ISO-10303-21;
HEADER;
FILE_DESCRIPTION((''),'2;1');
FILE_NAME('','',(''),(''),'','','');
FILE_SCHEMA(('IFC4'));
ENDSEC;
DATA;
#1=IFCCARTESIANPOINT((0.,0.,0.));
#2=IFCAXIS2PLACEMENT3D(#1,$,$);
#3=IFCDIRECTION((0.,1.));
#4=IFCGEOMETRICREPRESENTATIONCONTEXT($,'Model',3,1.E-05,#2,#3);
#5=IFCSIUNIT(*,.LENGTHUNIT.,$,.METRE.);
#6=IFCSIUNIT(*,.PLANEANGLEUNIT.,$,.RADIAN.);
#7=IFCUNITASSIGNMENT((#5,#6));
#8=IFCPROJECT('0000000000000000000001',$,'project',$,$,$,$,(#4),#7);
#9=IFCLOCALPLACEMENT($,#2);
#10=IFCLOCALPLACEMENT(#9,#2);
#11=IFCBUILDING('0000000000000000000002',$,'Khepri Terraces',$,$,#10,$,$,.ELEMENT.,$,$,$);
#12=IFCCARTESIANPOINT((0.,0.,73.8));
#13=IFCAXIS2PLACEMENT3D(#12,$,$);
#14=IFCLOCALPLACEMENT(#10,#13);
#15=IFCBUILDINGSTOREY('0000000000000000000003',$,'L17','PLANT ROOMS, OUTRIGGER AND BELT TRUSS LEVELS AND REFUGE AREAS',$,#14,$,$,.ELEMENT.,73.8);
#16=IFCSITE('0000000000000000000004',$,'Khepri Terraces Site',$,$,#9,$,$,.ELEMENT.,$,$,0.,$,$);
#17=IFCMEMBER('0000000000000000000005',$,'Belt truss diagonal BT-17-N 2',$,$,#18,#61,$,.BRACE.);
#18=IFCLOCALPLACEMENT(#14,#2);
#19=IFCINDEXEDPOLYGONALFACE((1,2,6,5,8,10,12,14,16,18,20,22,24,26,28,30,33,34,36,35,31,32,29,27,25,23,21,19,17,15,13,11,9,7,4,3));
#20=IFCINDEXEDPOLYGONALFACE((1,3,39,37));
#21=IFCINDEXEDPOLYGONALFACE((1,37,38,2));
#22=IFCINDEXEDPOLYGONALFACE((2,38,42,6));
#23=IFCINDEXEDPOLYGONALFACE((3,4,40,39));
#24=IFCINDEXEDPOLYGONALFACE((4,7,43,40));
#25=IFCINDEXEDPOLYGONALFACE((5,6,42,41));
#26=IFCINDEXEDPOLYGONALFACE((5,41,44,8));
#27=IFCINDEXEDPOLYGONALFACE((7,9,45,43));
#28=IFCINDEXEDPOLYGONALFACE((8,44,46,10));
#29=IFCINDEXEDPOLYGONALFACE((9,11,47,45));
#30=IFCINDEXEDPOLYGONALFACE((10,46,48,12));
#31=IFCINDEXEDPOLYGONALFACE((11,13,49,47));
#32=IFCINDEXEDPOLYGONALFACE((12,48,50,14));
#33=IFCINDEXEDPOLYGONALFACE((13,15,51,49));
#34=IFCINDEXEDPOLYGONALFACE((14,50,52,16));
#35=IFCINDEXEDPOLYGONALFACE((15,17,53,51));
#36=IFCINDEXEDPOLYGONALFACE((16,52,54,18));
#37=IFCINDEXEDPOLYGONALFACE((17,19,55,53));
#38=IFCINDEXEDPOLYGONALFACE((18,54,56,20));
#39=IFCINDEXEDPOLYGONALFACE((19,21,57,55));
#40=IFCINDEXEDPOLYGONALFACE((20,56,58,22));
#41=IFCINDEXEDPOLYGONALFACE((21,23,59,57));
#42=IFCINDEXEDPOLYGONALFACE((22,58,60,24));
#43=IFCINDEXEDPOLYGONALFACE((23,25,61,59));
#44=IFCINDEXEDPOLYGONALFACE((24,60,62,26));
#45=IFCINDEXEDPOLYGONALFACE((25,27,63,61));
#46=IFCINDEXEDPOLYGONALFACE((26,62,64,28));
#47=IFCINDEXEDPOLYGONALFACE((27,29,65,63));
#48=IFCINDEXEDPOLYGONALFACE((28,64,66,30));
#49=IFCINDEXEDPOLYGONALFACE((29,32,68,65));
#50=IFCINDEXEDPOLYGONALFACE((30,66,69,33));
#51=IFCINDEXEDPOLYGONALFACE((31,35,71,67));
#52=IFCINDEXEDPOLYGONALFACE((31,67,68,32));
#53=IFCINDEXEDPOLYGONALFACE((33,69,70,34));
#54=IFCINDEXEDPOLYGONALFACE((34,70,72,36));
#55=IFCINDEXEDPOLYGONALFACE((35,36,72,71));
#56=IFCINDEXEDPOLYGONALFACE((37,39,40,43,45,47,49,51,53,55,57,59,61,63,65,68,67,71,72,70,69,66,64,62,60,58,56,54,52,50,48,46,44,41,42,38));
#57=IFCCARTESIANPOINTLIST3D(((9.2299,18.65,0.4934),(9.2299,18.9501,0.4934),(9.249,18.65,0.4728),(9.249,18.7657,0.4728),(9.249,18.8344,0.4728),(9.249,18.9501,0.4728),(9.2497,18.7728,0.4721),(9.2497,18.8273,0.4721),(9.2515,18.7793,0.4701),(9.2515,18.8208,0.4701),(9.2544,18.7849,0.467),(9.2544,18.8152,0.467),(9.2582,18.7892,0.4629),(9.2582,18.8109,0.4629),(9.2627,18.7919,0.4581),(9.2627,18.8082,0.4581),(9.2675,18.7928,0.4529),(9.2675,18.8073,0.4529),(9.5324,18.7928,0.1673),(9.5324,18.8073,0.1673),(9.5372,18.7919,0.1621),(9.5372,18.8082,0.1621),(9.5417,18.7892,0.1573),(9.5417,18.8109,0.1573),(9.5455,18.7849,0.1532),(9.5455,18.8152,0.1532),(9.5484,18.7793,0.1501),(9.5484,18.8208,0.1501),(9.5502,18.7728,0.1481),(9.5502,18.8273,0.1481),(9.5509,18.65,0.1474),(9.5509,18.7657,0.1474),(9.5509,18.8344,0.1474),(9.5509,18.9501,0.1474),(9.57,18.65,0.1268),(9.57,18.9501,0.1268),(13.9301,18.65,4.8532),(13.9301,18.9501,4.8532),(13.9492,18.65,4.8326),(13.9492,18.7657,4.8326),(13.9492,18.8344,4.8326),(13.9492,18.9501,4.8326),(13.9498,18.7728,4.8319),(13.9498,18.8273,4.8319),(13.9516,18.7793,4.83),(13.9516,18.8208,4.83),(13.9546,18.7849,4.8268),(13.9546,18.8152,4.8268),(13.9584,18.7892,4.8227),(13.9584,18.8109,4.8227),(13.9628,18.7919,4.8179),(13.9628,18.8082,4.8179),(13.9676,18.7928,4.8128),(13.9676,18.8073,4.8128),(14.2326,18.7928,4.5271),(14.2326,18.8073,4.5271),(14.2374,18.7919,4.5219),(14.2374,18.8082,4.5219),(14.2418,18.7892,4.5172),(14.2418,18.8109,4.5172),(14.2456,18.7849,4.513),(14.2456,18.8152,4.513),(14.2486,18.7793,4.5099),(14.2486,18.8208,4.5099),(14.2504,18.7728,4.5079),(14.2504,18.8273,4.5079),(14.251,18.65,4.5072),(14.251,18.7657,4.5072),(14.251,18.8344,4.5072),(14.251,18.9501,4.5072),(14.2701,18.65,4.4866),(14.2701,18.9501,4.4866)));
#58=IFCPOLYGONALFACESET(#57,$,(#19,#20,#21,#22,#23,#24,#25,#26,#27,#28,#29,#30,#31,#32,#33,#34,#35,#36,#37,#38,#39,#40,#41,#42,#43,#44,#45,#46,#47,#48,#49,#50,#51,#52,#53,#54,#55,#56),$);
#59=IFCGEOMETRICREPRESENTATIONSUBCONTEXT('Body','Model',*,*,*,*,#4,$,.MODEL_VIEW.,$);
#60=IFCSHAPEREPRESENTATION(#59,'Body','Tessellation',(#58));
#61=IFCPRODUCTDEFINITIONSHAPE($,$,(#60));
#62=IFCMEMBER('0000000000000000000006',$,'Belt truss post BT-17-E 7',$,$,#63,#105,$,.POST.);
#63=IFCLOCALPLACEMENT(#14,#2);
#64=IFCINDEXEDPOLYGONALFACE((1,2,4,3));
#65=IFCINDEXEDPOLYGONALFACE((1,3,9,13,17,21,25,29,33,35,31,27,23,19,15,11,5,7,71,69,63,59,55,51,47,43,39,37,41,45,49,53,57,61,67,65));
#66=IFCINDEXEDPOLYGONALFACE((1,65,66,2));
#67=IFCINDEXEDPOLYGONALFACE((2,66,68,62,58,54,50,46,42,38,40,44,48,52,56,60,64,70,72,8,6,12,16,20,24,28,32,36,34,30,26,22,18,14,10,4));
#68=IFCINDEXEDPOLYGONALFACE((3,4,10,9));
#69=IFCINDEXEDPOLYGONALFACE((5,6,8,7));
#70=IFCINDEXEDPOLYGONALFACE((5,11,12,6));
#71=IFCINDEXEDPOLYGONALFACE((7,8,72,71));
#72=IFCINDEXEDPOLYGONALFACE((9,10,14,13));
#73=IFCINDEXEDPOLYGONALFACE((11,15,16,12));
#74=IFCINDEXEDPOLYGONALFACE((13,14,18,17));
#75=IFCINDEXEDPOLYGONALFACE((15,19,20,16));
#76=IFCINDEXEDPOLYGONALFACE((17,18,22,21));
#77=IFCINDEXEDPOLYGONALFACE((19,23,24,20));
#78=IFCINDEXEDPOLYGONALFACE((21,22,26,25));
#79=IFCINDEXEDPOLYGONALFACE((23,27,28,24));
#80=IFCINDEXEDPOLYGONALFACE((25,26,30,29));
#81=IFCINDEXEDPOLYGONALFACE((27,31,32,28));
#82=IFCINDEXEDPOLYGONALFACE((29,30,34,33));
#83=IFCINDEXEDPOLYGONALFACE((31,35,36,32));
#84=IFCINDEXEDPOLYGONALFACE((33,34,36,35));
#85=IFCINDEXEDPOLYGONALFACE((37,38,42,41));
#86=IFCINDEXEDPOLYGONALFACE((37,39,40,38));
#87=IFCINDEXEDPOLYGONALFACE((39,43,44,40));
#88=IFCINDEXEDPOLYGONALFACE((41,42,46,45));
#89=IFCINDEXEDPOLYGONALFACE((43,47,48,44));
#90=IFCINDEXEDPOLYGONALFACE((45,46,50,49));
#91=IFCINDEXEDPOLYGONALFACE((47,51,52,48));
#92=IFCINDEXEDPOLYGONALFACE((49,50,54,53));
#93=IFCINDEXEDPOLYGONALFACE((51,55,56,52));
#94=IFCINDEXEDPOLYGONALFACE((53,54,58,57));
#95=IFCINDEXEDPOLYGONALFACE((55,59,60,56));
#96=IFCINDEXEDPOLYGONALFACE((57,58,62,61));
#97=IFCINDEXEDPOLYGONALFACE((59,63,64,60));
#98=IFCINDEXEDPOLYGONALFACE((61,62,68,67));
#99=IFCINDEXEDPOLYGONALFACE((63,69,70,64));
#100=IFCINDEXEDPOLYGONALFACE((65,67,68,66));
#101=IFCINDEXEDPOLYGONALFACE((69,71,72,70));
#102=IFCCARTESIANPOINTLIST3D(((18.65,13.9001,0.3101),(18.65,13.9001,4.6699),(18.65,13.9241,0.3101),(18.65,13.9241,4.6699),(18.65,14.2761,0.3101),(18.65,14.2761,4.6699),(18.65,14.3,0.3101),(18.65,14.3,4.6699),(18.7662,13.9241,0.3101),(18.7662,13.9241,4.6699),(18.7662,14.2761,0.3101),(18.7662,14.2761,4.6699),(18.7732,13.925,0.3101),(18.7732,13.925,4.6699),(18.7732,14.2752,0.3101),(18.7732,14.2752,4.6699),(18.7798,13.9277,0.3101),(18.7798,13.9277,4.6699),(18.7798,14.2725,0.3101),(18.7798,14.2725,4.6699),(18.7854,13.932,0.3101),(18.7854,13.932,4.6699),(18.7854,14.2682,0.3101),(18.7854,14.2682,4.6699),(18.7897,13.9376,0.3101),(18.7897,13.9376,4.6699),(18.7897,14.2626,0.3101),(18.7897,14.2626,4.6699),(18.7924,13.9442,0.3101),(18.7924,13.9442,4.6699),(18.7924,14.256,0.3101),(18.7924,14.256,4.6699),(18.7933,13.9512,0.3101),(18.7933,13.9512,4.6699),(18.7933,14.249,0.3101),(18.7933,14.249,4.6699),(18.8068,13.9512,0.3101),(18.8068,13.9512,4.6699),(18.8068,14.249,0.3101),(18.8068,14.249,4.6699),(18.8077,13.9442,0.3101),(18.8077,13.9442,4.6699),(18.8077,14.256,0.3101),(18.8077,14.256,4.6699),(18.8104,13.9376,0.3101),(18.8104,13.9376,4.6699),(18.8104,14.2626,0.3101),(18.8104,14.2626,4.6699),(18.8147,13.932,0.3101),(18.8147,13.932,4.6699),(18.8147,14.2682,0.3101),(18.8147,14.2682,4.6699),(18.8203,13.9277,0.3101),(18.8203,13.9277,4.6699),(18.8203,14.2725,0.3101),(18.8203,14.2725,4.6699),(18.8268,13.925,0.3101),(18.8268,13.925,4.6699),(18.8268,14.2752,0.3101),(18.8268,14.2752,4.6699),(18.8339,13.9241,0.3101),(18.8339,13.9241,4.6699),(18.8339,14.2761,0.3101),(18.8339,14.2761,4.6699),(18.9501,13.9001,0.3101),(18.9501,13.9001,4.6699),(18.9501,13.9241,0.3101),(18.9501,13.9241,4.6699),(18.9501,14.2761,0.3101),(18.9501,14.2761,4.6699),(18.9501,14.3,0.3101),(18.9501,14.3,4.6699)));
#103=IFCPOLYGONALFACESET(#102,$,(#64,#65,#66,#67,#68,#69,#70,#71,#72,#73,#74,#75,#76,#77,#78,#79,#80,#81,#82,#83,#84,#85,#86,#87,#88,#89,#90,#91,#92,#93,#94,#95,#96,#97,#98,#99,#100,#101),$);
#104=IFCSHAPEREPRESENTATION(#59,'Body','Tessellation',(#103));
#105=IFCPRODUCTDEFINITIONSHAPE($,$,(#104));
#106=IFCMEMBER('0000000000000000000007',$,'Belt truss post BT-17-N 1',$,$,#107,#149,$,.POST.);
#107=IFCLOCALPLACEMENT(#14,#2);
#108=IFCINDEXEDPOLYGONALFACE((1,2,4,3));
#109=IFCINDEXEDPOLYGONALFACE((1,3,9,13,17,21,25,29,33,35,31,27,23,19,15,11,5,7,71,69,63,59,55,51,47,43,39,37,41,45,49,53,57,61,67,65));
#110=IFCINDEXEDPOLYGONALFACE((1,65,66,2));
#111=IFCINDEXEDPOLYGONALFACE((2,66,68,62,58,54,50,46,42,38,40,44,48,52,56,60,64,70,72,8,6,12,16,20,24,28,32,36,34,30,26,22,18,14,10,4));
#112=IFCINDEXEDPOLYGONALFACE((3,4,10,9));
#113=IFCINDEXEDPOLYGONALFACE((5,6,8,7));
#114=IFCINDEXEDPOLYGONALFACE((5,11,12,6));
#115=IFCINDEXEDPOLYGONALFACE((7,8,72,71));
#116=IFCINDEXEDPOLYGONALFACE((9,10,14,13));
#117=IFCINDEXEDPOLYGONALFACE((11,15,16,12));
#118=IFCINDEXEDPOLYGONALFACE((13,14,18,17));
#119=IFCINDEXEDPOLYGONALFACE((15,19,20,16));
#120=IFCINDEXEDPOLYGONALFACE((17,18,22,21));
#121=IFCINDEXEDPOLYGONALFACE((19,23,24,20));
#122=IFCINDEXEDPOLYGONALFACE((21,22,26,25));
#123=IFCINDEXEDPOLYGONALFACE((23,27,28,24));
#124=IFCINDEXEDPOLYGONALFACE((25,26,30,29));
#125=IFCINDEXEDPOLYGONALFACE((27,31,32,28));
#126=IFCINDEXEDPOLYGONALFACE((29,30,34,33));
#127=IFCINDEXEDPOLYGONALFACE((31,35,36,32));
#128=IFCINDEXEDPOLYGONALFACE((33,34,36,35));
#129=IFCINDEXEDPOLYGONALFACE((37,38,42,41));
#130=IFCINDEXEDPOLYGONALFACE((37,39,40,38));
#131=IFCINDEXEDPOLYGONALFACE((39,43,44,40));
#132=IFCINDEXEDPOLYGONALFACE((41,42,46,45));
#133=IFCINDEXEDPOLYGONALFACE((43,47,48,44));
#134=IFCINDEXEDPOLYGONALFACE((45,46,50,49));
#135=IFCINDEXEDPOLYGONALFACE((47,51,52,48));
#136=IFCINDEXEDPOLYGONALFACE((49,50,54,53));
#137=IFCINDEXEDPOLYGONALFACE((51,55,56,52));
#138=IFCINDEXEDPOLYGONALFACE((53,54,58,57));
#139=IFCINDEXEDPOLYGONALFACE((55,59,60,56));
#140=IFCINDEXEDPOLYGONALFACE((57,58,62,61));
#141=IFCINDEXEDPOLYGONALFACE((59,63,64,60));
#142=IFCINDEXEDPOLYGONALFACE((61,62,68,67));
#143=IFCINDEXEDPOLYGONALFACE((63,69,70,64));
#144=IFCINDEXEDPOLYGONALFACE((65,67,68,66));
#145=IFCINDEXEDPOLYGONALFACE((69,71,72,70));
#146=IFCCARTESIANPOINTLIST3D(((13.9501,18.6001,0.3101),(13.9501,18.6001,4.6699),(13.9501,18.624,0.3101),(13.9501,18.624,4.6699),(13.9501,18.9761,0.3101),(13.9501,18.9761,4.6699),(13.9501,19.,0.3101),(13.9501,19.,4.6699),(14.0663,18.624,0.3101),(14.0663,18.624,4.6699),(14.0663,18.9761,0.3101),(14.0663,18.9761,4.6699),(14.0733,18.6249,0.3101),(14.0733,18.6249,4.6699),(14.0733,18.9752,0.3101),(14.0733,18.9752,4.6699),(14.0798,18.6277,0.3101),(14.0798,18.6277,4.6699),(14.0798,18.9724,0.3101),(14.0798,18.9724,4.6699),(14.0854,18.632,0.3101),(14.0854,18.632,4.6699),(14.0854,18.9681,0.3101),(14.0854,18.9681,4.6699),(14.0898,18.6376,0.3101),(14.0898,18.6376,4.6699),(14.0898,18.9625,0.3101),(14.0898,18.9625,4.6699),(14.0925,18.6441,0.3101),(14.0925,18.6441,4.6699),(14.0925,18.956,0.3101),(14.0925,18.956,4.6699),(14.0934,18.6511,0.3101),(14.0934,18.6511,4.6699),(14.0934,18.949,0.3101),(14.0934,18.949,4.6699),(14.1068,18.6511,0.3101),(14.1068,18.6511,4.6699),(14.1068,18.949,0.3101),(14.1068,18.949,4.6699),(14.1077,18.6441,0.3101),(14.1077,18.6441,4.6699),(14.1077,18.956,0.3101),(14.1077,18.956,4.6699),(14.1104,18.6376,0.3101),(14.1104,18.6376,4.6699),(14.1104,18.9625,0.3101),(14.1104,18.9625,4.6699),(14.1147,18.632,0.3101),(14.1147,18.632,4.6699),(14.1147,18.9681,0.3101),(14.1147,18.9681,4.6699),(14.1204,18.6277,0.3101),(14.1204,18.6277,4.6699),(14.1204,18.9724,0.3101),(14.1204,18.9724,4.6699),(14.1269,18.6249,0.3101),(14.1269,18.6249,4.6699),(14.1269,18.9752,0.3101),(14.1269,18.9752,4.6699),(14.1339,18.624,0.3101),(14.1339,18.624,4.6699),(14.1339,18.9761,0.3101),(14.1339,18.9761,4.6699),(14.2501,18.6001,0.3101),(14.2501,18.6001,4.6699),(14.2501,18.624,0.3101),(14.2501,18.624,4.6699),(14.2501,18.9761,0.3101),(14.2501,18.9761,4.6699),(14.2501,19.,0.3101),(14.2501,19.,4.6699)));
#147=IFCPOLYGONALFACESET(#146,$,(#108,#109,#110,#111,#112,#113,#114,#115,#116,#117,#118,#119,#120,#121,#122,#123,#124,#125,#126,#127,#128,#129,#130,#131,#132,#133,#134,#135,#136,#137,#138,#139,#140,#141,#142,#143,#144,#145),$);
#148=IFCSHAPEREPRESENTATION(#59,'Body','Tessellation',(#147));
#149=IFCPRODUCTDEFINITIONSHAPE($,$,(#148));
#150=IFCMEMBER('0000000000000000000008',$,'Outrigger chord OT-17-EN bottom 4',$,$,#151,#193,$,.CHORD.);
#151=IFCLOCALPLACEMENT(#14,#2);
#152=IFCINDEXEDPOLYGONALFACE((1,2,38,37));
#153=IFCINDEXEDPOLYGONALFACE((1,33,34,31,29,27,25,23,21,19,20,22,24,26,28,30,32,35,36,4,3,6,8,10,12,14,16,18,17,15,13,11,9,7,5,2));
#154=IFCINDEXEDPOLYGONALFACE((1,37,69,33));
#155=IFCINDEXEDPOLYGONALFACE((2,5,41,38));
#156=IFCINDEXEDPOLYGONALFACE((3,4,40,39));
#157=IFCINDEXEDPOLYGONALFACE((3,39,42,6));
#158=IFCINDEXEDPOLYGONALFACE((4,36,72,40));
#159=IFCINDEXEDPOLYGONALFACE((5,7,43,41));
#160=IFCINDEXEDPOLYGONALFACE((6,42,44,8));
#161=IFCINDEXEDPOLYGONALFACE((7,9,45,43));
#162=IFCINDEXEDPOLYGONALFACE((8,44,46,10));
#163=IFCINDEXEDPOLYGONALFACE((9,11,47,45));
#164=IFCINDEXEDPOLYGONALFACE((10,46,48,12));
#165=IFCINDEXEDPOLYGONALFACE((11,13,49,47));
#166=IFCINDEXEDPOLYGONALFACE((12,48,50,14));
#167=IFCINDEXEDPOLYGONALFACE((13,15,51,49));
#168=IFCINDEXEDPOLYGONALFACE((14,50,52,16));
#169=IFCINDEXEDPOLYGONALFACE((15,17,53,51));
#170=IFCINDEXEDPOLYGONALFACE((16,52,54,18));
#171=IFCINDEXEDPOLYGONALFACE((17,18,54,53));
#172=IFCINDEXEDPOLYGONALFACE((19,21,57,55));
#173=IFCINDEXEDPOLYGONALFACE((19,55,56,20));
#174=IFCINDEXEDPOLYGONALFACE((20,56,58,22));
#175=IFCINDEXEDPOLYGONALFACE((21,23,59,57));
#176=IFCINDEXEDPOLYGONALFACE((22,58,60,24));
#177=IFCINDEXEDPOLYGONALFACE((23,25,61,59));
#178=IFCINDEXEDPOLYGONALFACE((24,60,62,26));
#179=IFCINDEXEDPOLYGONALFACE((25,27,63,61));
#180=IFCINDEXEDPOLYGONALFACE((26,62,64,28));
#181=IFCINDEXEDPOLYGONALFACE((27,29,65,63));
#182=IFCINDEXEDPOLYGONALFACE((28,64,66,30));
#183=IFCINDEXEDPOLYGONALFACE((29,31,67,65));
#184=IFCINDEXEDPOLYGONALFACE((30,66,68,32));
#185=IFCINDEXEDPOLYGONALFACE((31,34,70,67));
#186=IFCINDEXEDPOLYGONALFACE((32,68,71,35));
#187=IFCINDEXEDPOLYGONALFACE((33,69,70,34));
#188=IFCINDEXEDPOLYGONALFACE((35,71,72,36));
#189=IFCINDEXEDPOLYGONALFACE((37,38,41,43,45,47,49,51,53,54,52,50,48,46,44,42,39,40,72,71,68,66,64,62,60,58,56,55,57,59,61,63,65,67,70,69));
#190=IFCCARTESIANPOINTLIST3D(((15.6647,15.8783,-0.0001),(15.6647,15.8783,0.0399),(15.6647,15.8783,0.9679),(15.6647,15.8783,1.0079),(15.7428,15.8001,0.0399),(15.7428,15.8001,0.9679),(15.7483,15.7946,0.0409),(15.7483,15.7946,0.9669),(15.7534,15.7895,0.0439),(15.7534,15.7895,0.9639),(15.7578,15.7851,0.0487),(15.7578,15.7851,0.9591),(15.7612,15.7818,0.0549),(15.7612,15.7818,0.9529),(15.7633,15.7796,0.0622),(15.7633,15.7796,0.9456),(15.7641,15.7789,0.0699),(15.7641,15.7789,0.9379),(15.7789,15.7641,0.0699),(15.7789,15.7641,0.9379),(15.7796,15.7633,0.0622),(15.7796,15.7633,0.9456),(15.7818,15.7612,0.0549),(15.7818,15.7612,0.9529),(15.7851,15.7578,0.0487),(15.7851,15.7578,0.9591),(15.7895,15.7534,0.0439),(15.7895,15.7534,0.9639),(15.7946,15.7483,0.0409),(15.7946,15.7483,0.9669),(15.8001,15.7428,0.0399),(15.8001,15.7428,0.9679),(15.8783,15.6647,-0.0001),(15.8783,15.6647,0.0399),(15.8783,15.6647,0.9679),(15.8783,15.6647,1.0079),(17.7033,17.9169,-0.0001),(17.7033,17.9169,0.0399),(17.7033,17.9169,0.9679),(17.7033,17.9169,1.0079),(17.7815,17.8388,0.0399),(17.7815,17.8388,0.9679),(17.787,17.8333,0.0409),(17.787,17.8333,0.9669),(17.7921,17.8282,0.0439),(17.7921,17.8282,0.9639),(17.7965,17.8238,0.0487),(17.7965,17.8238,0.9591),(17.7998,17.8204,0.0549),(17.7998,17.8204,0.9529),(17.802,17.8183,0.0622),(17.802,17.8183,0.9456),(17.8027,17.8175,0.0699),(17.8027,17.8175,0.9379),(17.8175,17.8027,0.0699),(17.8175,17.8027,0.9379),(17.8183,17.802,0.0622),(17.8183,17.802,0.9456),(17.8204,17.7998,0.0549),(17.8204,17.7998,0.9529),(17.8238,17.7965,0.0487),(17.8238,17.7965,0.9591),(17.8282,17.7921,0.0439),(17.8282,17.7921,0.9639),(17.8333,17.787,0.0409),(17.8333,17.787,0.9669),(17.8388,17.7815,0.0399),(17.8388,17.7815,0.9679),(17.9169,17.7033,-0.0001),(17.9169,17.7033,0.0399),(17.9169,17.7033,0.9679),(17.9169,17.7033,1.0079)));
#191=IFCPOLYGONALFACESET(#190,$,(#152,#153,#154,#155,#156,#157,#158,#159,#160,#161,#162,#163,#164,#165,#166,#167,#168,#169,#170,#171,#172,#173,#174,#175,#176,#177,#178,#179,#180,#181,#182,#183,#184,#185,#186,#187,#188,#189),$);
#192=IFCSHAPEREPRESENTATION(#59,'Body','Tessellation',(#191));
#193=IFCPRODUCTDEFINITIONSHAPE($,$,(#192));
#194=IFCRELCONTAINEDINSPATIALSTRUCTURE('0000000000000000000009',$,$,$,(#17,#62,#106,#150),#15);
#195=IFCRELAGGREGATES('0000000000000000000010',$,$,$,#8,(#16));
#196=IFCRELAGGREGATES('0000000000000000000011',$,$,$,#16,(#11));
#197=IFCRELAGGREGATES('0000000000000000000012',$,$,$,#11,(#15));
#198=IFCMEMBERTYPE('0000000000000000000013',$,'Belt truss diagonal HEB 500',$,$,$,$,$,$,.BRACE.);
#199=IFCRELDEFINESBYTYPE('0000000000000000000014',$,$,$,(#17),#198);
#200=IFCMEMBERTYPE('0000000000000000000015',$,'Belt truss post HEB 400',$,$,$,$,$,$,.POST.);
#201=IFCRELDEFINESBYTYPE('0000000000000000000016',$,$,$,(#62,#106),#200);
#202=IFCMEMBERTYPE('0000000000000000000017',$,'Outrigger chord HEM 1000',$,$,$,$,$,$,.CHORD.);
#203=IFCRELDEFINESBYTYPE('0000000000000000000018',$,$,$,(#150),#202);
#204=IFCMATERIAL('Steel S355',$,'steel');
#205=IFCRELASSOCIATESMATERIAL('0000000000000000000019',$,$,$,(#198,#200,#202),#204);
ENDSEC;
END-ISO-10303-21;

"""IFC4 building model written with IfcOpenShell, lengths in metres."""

from ifc_helpers import new_model, si_unit, direction, frame, origin, origin_2d, place, context, subcontext, project, spatial, i_section, extrude, material, material_profile, profile_set, type_object, element, save


model = new_model("IFC4")

# Units and contexts
model_context = context("Model", 3, precision=1e-05, world=origin(), true_north=direction((0.0, 1.0)))
body_context = subcontext(model_context, "Body", "Model", "MODEL_VIEW")
ifc_project = project(units=[si_unit("LENGTHUNIT", "METRE"), si_unit("PLANEANGLEUNIT", "RADIAN")], contexts=[model_context])

# Site, building, storey
site_placement = place(None, origin())
site = spatial("IfcSite", under=ifc_project, at=site_placement, Name="Khepri Terraces Site", CompositionType="ELEMENT", RefElevation=0.0)
building_placement = place(site_placement, origin())
building = spatial("IfcBuilding", under=site, at=building_placement, Name="Khepri Terraces", CompositionType="ELEMENT")
storey_placement = place(building_placement, frame((0.0, 0.0, 73.8)))
storey = spatial("IfcBuildingStorey", under=building, at=storey_placement, Name="L17", Description="PLANT ROOMS, OUTRIGGER AND BELT TRUSS LEVELS AND REFUGE AREAS", CompositionType="ELEMENT", Elevation=73.8)

# Members
ifc_material_1 = material(Name="Steel S355", Category="steel")
ifc_material_profile_1 = material_profile(ifc_material_1, i_section(OverallWidth=0.3, OverallDepth=0.5, WebThickness=0.0144, FlangeThickness=0.0281, FilletRadius=0.0271, at=origin_2d()), Name="Steel S355", Category="steel")
ifc_profile_set_1 = profile_set([ifc_material_profile_1], Name="Steel S355")
member_type_1 = type_object("IfcMemberType", Name="Belt truss diagonal HEB 500", PredefinedType="BRACE", material=ifc_profile_set_1)
member_1_placement = place(storey_placement, frame((14.1001, 18.8, 4.6699), z_axis=(-0.733151, 0.0, -0.680065), x_axis=(0.0, -1.0, 0.0)))
element("IfcMember", 1, at=member_1_placement, inside=storey, type_object=member_type_1, Name="Belt truss diagonal BT-17-N 2", PredefinedType="BRACE", context=body_context, shape_type="SweptSolid", body=[
    extrude(i_section(OverallWidth=0.3, OverallDepth=0.5, WebThickness=0.0144, FlangeThickness=0.0281, FilletRadius=0.0271, at=origin_2d()), origin(), (0.0, 0.0, 1.0), 6.4109),
])
ifc_material_profile_2 = material_profile(ifc_material_1, i_section(OverallWidth=0.3, OverallDepth=0.3999, WebThickness=0.0134, FlangeThickness=0.0239, FilletRadius=0.0271, at=origin_2d()), Name="Steel S355", Category="steel")
ifc_profile_set_2 = profile_set([ifc_material_profile_2], Name="Steel S355")
member_type_2 = type_object("IfcMemberType", Name="Belt truss post HEB 400", PredefinedType="POST", material=ifc_profile_set_2)
for number, where, z_axis, x_axis, name in (
    (2, (18.8, 14.1001, 0.3101), (0.0, 0.0, 1.0), (1.0, 0.0, 0.0), "Belt truss post BT-17-E 7"),
    (3, (14.1001, 18.8, 0.3101), (0.0, 0.0, 1.0), (1.0, 0.0, 0.0), "Belt truss post BT-17-N 1"),
):
    element("IfcMember", number, at=place(storey_placement, frame(where, z_axis=z_axis, x_axis=x_axis)), inside=storey, type_object=member_type_2, Name=name, PredefinedType="POST", context=body_context, shape_type="SweptSolid", body=[
        extrude(i_section(OverallWidth=0.3, OverallDepth=0.3999, WebThickness=0.0134, FlangeThickness=0.0239, FilletRadius=0.0271, at=origin_2d()), origin(), (0.0, 0.0, 1.0), 4.3599),
    ])
ifc_material_profile_3 = material_profile(ifc_material_1, i_section(OverallWidth=0.302, OverallDepth=1.0081, WebThickness=0.021, FlangeThickness=0.04, FilletRadius=0.03, at=origin_2d()), Name="Steel S355", Category="steel")
ifc_profile_set_3 = profile_set([ifc_material_profile_3], Name="Steel S355")
member_type_3 = type_object("IfcMemberType", Name="Outrigger chord HEM 1000", PredefinedType="CHORD", material=ifc_profile_set_3)
for number, where, z_axis, x_axis, name in (
    (4, (15.7715, 15.7715, 0.5039), (0.707107, 0.707107, 0.0), (-0.707107, 0.707107, 0.0), "Outrigger chord OT-17-EN bottom 4"),
):
    element("IfcMember", number, at=place(storey_placement, frame(where, z_axis=z_axis, x_axis=x_axis)), inside=storey, type_object=member_type_3, Name=name, PredefinedType="CHORD", context=body_context, shape_type="SweptSolid", body=[
        extrude(i_section(OverallWidth=0.302, OverallDepth=1.0081, WebThickness=0.021, FlangeThickness=0.04, FilletRadius=0.03, at=origin_2d()), origin(), (0.0, 0.0, 1.0), 2.8831),
    ])

save(model, "model.ifc")
